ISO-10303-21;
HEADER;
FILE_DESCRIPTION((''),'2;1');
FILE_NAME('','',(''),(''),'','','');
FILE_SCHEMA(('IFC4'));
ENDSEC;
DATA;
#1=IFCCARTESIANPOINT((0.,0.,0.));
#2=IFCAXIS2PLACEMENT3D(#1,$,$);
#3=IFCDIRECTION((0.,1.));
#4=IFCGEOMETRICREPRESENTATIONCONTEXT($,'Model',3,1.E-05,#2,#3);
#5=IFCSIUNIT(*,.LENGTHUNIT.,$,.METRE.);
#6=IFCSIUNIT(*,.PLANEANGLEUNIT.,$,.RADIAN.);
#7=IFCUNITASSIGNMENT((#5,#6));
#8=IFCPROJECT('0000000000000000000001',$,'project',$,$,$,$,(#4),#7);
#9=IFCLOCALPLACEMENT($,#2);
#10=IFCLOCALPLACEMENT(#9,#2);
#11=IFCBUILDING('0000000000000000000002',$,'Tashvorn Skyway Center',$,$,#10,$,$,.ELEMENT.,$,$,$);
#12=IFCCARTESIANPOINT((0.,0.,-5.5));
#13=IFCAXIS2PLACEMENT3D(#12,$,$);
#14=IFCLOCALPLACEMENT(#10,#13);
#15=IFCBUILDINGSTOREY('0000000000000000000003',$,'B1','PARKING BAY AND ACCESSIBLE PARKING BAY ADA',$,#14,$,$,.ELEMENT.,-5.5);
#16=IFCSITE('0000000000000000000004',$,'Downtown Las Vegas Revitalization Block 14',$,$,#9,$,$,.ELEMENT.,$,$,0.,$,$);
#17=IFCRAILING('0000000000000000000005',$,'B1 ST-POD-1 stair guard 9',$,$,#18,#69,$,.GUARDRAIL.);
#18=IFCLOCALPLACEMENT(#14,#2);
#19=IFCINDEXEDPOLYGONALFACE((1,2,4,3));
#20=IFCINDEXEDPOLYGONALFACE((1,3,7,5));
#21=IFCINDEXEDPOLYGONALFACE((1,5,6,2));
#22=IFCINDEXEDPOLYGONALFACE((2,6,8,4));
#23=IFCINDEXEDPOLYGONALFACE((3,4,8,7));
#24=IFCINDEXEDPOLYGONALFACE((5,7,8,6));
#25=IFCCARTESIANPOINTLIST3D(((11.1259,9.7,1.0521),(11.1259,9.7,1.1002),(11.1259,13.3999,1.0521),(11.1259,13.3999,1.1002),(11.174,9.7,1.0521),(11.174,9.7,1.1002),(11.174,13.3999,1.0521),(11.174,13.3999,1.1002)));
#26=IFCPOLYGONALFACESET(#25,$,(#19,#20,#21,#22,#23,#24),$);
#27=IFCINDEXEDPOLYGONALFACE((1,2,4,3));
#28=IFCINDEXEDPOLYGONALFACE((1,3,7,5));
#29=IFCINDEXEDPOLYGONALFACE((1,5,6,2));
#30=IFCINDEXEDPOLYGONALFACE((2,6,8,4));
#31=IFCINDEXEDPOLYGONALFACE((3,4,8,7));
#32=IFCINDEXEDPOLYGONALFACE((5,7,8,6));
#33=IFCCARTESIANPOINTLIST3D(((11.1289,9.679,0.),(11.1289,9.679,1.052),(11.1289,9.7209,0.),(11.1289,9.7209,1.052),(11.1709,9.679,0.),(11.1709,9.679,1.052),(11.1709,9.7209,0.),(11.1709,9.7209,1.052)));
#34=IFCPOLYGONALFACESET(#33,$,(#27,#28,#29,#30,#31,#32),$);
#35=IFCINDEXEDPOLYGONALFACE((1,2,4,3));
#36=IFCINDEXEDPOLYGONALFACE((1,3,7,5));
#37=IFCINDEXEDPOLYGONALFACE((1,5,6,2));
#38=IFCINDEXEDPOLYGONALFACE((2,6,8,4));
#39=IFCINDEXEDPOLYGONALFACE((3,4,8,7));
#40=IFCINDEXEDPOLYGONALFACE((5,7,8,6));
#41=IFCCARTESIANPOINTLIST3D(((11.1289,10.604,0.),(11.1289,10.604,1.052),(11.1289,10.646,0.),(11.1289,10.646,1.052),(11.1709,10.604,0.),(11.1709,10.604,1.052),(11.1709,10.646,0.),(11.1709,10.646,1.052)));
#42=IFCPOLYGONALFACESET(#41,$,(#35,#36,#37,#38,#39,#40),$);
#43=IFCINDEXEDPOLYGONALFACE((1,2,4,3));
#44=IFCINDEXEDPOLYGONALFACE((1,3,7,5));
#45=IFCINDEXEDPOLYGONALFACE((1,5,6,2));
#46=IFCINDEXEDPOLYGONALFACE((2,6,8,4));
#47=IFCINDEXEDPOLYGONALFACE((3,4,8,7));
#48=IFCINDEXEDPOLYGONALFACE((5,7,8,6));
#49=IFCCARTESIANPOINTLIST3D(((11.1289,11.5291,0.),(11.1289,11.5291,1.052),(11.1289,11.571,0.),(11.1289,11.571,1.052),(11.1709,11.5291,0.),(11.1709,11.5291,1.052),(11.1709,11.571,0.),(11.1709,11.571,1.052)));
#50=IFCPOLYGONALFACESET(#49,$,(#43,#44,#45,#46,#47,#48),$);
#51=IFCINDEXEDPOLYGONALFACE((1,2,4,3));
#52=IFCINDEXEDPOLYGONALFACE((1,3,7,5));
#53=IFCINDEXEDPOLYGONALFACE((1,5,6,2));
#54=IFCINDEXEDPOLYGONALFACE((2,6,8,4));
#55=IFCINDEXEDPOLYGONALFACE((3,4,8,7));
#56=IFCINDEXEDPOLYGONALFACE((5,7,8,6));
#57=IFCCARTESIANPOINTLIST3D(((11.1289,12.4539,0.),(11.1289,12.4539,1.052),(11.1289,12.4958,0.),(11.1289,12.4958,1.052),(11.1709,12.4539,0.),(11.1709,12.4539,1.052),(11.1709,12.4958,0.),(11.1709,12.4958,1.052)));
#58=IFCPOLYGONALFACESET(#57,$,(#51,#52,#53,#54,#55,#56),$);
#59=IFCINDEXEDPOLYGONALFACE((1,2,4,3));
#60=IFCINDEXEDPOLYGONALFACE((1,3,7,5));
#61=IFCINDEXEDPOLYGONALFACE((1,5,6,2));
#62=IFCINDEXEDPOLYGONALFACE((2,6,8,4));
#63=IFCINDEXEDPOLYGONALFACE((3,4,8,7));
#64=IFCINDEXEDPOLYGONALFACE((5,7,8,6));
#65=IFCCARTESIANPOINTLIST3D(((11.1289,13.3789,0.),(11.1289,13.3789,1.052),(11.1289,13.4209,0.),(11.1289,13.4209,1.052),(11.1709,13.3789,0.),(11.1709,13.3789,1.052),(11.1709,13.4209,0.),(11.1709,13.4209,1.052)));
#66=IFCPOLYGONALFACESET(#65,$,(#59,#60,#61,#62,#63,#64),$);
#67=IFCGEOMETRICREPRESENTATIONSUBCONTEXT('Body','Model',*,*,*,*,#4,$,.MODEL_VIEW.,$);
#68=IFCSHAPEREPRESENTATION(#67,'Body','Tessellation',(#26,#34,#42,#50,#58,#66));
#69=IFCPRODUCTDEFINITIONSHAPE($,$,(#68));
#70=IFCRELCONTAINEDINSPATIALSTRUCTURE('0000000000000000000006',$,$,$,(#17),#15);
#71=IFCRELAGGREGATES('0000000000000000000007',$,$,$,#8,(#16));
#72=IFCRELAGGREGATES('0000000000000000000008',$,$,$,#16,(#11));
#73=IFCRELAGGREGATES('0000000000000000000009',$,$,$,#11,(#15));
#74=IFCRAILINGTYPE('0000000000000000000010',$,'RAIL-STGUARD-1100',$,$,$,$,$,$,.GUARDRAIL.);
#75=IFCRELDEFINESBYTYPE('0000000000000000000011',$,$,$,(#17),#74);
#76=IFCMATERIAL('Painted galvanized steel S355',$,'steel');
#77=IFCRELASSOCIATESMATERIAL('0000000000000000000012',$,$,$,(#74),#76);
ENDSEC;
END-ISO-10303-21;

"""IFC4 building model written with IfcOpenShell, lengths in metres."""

from ifc_helpers import new_model, si_unit, direction, frame, origin, origin_2d, place, context, subcontext, project, spatial, rectangle, extrude, material, type_object, element, save


model = new_model("IFC4")

# Units and contexts
model_context = context("Model", 3, precision=1e-05, world=origin(), true_north=direction((0.0, 1.0)))
body_context = subcontext(model_context, "Body", "Model", "MODEL_VIEW")
ifc_project = project(units=[si_unit("LENGTHUNIT", "METRE"), si_unit("PLANEANGLEUNIT", "RADIAN")], contexts=[model_context])

# Site, building, storey
site_placement = place(None, origin())
site = spatial("IfcSite", under=ifc_project, at=site_placement, Name="Downtown Las Vegas Revitalization Block 14", CompositionType="ELEMENT", RefElevation=0.0)
building_placement = place(site_placement, origin())
building = spatial("IfcBuilding", under=site, at=building_placement, Name="Tashvorn Skyway Center", CompositionType="ELEMENT")
storey_placement = place(building_placement, frame((0.0, 0.0, -5.5)))
storey = spatial("IfcBuildingStorey", under=building, at=storey_placement, Name="B1", Description="PARKING BAY AND ACCESSIBLE PARKING BAY ADA", CompositionType="ELEMENT", Elevation=-5.5)

# Railing
ifc_material_1 = material(Name="Painted galvanized steel S355", Category="steel")
railing_type = type_object("IfcRailingType", Name="RAIL-STGUARD-1100", PredefinedType="GUARDRAIL", material=ifc_material_1)
railing_1_placement = place(storey_placement, frame((11.1499, 9.7, 0.0)))
element("IfcRailing", 1, at=railing_1_placement, inside=storey, type_object=railing_type, Name="B1 ST-POD-1 stair guard 9", PredefinedType="GUARDRAIL", context=body_context, shape_type="SweptSolid", body=[
    extrude(rectangle(XDim=0.0481, YDim=0.0481, at=origin_2d()), frame((0.0, 0.0, 1.0762), z_axis=(0.0, 1.0, 0.0), x_axis=(-1.0, 0.0, 0.0)), (0.0, 0.0, 1.0), 3.7),
    extrude(rectangle(XDim=0.042, YDim=0.042, at=origin_2d()), origin(), (0.0, 0.0, 1.0), 1.052),
    extrude(rectangle(XDim=0.042, YDim=0.042, at=origin_2d()), frame((0.0, 0.925, 0.0)), (0.0, 0.0, 1.0), 1.052),
    extrude(rectangle(XDim=0.042, YDim=0.042, at=origin_2d()), frame((0.0, 1.8501, 0.0)), (0.0, 0.0, 1.0), 1.052),
    extrude(rectangle(XDim=0.042, YDim=0.042, at=origin_2d()), frame((0.0, 2.7749, 0.0)), (0.0, 0.0, 1.0), 1.052),
    extrude(rectangle(XDim=0.042, YDim=0.042, at=origin_2d()), frame((0.0, 3.7, 0.0)), (0.0, 0.0, 1.0), 1.052),
])

save(model, "model.ifc")
